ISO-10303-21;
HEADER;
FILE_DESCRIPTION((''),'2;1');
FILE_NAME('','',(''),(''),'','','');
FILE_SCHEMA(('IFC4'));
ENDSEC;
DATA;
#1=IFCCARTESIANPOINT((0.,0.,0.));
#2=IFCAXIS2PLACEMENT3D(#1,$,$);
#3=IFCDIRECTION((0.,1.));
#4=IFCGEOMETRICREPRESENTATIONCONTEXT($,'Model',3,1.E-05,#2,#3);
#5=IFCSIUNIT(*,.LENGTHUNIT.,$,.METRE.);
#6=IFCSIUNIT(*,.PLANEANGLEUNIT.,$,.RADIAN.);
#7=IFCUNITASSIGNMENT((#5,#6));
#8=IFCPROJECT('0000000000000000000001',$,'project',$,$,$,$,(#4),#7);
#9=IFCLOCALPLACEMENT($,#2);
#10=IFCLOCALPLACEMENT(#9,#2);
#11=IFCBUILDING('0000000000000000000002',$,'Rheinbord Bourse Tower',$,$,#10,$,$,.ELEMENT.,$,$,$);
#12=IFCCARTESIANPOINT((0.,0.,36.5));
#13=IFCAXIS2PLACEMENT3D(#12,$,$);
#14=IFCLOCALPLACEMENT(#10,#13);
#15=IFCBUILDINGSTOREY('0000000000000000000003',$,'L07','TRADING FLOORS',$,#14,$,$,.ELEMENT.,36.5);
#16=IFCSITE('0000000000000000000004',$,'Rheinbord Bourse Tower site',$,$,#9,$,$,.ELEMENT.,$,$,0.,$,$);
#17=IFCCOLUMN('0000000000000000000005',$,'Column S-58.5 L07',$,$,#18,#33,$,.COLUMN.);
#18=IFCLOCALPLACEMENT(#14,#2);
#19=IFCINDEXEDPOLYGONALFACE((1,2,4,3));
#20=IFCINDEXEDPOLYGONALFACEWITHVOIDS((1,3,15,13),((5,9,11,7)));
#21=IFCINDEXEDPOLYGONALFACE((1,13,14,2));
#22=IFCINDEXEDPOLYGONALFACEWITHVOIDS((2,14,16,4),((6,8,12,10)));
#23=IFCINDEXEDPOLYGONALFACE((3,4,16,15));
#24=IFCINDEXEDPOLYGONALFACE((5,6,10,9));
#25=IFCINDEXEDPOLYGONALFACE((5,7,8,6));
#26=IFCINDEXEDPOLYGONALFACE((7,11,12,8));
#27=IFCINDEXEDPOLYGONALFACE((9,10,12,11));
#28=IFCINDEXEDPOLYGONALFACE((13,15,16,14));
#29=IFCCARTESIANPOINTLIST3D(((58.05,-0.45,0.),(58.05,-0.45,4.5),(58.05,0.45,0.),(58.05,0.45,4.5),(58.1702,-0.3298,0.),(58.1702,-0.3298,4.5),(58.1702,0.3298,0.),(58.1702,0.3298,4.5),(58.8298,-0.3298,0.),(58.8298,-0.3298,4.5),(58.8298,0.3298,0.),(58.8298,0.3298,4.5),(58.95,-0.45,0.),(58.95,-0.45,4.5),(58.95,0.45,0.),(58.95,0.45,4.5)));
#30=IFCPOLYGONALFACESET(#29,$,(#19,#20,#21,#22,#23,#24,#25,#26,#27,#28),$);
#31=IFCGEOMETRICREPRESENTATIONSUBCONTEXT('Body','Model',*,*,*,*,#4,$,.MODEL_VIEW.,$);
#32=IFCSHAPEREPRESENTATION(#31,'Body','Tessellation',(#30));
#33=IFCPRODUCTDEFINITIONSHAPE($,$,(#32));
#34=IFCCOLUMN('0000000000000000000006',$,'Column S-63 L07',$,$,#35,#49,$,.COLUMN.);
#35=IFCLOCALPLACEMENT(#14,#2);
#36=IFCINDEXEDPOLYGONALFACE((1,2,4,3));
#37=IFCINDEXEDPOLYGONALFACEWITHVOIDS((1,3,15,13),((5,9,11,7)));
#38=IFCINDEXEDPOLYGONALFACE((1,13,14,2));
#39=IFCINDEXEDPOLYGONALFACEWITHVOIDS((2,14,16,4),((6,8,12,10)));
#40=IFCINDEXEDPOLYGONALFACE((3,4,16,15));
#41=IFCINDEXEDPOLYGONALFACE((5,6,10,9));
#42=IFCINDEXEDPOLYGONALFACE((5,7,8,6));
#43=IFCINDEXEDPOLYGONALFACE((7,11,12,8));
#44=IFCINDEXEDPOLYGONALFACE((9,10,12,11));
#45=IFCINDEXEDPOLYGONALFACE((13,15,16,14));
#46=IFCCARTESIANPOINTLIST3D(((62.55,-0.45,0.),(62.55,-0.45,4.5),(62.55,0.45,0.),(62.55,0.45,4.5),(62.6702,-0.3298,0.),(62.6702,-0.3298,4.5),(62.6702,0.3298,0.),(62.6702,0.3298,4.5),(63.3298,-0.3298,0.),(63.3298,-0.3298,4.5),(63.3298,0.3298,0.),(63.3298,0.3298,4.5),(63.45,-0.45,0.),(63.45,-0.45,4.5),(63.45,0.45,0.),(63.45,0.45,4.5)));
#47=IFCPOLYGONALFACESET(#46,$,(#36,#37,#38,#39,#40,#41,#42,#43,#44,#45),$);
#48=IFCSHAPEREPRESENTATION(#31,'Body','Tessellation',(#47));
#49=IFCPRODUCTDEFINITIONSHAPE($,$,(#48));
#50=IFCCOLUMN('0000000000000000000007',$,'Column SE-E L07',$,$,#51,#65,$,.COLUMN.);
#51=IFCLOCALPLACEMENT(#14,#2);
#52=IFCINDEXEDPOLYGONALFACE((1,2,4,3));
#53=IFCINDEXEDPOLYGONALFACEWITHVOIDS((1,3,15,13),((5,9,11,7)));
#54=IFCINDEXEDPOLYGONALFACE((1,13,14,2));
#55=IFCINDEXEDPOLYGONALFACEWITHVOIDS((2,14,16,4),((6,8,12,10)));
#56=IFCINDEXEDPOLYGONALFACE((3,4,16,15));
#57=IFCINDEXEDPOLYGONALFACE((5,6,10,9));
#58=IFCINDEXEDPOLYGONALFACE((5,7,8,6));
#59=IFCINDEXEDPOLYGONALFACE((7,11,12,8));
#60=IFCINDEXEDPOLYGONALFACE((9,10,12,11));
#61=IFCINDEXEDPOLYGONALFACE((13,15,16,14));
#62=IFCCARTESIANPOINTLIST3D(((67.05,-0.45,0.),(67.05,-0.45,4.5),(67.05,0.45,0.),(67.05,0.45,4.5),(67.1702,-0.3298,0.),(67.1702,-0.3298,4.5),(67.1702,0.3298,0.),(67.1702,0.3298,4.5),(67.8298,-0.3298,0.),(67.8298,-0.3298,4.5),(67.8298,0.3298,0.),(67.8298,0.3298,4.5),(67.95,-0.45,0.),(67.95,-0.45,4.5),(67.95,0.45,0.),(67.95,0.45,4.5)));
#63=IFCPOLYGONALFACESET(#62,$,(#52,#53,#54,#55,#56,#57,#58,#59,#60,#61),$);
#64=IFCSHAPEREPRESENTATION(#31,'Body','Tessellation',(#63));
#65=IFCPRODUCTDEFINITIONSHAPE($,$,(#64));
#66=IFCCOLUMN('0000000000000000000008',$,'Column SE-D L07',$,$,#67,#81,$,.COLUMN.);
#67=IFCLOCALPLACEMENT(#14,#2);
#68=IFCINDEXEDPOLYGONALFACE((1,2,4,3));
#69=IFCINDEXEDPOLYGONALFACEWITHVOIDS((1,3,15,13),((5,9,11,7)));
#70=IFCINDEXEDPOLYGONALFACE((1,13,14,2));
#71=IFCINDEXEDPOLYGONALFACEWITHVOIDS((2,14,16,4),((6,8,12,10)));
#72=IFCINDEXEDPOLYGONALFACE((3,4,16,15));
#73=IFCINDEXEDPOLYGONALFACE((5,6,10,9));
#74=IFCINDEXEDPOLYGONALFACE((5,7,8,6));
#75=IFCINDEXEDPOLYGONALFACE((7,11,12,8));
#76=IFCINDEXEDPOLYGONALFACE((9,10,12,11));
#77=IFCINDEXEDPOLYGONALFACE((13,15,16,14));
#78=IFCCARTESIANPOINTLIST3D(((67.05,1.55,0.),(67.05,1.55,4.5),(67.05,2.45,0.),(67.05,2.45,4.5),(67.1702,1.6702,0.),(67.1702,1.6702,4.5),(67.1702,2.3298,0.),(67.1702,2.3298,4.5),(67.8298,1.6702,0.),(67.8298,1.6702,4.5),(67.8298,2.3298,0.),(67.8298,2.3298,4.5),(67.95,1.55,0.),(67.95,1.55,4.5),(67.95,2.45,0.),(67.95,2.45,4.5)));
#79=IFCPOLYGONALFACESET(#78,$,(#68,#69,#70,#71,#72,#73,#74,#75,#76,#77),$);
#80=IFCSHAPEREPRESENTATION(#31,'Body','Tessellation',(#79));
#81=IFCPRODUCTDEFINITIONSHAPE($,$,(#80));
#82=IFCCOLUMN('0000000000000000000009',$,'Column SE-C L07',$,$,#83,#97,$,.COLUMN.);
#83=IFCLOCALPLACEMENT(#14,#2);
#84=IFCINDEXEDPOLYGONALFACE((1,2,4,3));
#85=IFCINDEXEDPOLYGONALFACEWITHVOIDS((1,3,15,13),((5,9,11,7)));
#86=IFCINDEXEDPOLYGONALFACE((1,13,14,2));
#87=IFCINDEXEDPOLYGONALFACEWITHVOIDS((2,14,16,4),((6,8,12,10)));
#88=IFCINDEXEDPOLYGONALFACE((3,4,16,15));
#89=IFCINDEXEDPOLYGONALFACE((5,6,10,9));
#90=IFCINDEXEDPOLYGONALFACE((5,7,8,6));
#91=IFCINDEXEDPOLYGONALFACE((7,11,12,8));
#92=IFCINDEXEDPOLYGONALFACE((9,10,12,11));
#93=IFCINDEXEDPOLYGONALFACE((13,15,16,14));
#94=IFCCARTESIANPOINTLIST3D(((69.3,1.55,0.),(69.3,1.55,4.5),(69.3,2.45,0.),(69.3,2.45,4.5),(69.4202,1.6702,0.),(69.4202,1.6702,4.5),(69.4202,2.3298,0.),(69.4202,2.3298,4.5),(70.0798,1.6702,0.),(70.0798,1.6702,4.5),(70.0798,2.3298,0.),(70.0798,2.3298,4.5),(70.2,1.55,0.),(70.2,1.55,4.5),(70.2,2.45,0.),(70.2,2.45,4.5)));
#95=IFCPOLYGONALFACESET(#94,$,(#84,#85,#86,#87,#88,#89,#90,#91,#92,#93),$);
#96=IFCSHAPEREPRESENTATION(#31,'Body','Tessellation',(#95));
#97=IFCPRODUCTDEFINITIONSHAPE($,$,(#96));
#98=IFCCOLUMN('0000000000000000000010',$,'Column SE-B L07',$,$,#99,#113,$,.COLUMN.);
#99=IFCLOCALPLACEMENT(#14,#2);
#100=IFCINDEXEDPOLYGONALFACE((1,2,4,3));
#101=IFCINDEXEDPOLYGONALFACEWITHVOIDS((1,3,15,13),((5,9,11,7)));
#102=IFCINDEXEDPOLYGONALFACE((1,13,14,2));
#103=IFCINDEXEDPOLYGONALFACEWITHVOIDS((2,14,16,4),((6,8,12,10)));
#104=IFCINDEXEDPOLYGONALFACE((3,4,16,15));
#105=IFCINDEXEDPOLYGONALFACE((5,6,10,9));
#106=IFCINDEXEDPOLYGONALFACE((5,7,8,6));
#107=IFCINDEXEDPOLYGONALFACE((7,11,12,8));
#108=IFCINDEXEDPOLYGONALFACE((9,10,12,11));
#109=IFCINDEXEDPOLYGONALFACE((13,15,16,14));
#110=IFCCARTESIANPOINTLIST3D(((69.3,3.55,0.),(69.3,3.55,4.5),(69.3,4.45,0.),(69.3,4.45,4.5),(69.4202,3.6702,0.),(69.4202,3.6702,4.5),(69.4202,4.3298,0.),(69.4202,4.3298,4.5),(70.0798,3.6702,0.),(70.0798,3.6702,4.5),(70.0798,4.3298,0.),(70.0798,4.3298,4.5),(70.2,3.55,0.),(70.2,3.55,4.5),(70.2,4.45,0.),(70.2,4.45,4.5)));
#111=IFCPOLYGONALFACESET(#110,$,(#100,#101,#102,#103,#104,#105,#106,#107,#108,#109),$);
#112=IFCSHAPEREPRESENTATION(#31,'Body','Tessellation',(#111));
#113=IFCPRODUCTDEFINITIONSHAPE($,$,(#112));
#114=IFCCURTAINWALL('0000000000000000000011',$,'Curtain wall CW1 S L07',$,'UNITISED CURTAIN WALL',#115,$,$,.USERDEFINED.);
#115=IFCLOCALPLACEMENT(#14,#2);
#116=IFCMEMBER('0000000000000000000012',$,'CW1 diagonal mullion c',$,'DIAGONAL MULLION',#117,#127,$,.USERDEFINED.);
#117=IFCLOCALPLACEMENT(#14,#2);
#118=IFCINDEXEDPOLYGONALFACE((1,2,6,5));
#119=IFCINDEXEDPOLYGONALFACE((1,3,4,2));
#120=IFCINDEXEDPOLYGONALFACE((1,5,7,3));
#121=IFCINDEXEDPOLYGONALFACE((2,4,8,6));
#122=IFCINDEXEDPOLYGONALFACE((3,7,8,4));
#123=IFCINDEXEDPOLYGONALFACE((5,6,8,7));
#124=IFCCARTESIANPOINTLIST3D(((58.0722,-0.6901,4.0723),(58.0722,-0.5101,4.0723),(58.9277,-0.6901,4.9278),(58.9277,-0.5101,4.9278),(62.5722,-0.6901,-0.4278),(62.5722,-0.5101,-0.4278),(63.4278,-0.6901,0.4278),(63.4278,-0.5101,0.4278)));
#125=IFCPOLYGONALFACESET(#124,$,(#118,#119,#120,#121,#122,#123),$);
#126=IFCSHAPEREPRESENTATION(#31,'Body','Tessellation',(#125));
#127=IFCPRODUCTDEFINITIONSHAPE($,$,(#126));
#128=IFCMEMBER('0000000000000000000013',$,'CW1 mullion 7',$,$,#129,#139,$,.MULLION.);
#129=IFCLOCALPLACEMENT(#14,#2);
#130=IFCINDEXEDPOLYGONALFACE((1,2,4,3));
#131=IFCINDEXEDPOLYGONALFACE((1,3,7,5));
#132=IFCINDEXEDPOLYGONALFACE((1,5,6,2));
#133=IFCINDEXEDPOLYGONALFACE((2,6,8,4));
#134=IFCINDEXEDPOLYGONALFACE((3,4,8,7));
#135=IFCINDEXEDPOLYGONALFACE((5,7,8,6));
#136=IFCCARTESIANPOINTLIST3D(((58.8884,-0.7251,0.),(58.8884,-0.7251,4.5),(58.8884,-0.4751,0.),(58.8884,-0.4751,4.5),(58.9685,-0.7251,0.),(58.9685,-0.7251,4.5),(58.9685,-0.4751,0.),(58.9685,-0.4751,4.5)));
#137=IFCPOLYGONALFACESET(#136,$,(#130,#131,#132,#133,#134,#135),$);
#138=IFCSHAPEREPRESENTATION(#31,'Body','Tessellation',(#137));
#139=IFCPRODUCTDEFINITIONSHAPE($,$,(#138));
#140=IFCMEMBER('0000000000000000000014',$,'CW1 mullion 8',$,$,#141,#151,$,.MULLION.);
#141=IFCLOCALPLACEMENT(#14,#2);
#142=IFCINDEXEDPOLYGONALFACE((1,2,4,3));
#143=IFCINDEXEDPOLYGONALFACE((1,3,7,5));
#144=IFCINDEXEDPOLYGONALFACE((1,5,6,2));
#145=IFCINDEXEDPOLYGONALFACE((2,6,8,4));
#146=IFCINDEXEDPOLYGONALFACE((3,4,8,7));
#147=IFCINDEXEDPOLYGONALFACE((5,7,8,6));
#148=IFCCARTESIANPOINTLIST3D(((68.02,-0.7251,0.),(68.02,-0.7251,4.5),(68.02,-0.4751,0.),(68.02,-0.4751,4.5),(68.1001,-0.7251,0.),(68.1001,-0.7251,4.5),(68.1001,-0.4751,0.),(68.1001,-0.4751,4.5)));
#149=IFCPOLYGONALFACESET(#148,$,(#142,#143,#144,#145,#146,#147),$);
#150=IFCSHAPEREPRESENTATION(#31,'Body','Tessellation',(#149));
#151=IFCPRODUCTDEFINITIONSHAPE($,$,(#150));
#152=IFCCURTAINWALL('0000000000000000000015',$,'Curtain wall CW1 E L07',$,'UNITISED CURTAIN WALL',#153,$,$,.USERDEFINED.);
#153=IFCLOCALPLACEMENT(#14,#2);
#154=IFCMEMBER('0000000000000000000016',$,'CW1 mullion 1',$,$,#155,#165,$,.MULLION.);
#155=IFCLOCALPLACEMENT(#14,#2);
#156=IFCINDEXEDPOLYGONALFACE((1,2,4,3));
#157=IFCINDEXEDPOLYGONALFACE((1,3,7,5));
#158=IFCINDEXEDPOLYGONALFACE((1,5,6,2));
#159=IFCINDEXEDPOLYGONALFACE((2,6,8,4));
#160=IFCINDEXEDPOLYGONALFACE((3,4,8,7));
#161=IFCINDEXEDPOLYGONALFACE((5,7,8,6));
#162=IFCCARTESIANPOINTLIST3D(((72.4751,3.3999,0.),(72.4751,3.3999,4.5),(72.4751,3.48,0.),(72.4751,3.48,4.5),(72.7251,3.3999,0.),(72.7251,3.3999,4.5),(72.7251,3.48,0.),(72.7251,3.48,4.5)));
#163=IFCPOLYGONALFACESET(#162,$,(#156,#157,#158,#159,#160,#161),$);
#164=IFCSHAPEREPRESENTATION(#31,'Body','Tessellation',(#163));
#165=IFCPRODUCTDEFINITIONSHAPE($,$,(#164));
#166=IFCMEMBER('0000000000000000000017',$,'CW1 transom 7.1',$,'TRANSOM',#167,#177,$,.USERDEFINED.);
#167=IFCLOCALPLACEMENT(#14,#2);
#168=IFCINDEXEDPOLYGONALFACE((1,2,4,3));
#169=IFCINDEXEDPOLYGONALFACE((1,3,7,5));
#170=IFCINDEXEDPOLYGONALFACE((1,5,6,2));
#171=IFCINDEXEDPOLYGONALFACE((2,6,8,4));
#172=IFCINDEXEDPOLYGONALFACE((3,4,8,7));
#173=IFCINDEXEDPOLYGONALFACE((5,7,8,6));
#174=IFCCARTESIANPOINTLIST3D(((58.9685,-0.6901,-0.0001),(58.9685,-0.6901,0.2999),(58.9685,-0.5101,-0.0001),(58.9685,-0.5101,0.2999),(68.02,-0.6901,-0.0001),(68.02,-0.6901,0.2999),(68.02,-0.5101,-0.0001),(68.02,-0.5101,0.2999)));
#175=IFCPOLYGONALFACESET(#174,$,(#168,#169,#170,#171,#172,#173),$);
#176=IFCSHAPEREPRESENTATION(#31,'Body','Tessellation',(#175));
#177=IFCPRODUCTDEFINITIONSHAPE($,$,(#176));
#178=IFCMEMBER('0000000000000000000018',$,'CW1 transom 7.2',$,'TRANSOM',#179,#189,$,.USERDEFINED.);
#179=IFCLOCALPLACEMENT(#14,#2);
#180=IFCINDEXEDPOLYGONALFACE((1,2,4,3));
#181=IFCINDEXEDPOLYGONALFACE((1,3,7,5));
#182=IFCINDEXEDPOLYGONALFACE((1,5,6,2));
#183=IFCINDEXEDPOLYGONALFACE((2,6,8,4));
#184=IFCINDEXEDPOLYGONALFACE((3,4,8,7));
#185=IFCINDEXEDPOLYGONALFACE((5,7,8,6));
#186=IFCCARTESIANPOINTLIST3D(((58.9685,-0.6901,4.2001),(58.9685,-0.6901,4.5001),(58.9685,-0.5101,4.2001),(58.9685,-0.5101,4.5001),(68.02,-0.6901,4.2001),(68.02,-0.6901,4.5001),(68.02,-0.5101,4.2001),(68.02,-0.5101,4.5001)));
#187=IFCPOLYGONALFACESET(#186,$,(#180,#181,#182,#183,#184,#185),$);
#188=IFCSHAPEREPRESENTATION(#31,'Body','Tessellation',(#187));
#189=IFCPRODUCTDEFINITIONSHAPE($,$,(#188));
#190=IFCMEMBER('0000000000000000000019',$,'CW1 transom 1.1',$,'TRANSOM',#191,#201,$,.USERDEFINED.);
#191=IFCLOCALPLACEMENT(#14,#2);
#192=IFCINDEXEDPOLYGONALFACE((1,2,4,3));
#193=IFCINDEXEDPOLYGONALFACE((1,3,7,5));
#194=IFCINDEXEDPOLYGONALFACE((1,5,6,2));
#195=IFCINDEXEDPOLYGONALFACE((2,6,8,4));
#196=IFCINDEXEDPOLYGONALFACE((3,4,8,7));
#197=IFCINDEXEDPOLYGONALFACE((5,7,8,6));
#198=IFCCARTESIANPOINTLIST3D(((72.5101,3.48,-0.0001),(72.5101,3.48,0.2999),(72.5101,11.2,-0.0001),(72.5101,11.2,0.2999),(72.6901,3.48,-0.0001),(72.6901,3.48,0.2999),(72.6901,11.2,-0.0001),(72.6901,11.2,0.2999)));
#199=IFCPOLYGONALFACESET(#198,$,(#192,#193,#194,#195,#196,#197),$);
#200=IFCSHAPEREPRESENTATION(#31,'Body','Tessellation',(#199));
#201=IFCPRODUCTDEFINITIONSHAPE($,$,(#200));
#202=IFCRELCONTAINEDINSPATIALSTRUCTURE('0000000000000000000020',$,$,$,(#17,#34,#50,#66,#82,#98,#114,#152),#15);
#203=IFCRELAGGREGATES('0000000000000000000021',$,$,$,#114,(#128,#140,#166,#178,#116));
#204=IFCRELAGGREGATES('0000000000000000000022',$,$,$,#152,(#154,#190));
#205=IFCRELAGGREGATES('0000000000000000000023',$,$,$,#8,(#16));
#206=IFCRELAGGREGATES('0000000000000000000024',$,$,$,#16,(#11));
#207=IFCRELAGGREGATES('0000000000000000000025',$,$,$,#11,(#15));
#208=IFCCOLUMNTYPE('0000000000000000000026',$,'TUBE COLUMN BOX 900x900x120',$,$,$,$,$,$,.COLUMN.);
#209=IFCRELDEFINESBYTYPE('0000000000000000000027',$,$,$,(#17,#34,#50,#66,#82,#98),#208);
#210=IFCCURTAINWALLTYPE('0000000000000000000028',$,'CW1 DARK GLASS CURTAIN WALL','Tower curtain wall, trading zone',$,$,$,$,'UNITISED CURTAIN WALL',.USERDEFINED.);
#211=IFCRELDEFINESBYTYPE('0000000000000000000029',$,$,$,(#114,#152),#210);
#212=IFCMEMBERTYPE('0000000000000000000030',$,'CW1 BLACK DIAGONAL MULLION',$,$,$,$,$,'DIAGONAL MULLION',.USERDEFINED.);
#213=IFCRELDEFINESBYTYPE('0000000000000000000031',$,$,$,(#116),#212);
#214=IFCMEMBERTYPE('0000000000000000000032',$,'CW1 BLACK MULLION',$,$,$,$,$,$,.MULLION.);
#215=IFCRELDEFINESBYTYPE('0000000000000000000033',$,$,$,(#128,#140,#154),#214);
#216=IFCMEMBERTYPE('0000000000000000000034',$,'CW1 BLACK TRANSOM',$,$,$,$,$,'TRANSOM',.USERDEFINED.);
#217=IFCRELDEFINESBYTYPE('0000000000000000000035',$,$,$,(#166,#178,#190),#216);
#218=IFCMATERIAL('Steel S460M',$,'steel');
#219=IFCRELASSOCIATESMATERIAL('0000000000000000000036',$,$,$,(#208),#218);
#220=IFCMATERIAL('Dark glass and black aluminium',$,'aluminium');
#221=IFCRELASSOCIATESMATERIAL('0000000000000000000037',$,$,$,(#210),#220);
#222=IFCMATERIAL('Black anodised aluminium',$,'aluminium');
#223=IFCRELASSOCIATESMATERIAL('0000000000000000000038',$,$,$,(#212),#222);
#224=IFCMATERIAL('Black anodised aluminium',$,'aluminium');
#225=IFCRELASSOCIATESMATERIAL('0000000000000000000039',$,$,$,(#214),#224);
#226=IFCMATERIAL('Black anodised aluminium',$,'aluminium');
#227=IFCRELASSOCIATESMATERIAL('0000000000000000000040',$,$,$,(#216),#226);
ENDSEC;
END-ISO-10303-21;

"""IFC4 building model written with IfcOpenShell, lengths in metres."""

from ifc_helpers import new_model, si_unit, direction, frame, origin, origin_2d, place, context, subcontext, project, spatial, rectangle, hollow_rectangle, extrude, material, material_profile, profile_set, type_object, element, aggregate, save


model = new_model("IFC4")

# Units and contexts
model_context = context("Model", 3, precision=1e-05, world=origin(), true_north=direction((0.0, 1.0)))
body_context = subcontext(model_context, "Body", "Model", "MODEL_VIEW")
ifc_project = project(units=[si_unit("LENGTHUNIT", "METRE"), si_unit("PLANEANGLEUNIT", "RADIAN")], contexts=[model_context])

# Site, building, storey
site_placement = place(None, origin())
site = spatial("IfcSite", under=ifc_project, at=site_placement, Name="Rheinbord Bourse Tower site", CompositionType="ELEMENT", RefElevation=0.0)
building_placement = place(site_placement, origin())
building = spatial("IfcBuilding", under=site, at=building_placement, Name="Rheinbord Bourse Tower", CompositionType="ELEMENT")
storey_placement = place(building_placement, frame((0.0, 0.0, 36.5)))
storey = spatial("IfcBuildingStorey", under=building, at=storey_placement, Name="L07", Description="TRADING FLOORS", CompositionType="ELEMENT", Elevation=36.5)

# Columns
ifc_material_1 = material(Name="Steel S460M", Category="steel")
ifc_material_profile_1 = material_profile(ifc_material_1, hollow_rectangle(XDim=0.8999, YDim=0.8999, WallThickness=0.1201, at=origin_2d()), Name="BOX 900x900x120")
ifc_profile_set_1 = profile_set([ifc_material_profile_1], Name="Steel S460M")
column_type = type_object("IfcColumnType", Name="TUBE COLUMN BOX 900x900x120", PredefinedType="COLUMN", material=ifc_profile_set_1)
for number, where, z_axis, x_axis, name in (
    (1, (58.5, 0.0, 0.0), (0.0, 0.0, 1.0), (0.0, 1.0, 0.0), "Column S-58.5 L07"),
    (2, (63.0, 0.0, 0.0), (0.0, 0.0, 1.0), (0.0, 1.0, 0.0), "Column S-63 L07"),
    (3, (67.5, 0.0, 0.0), (0.0, 0.0, 1.0), (0.0, 1.0, 0.0), "Column SE-E L07"),
    (4, (67.5, 2.0, 0.0), (0.0, 0.0, 1.0), (0.0, 1.0, 0.0), "Column SE-D L07"),
    (5, (69.75, 2.0, 0.0), (0.0, 0.0, 1.0), (1.0, 0.0, 0.0), "Column SE-C L07"),
    (6, (69.75, 4.0, 0.0), (0.0, 0.0, 1.0), (1.0, 0.0, 0.0), "Column SE-B L07"),
):
    element("IfcColumn", number, at=place(storey_placement, frame(where, z_axis=z_axis, x_axis=x_axis)), inside=storey, type_object=column_type, Name=name, PredefinedType="COLUMN", context=body_context, shape_type="SweptSolid", body=[
        extrude(hollow_rectangle(XDim=0.8999, YDim=0.8999, WallThickness=0.1201, at=origin_2d()), origin(), (0.0, 0.0, 1.0), 4.5),
    ])

# Curtain wall, members
ifc_material_2 = material(Name="Dark glass and black aluminium", Category="aluminium")
curtain_wall_type = type_object("IfcCurtainWallType", Name="CW1 DARK GLASS CURTAIN WALL", Description="Tower curtain wall, trading zone", ElementType="UNITISED CURTAIN WALL", PredefinedType="USERDEFINED", material=ifc_material_2)
curtain_wall_1_placement = place(storey_placement, origin())
curtain_wall_1 = element("IfcCurtainWall", 7, at=curtain_wall_1_placement, inside=storey, type_object=curtain_wall_type, Name="Curtain wall CW1 S L07", ObjectType="UNITISED CURTAIN WALL", PredefinedType="USERDEFINED")
ifc_material_3 = material(Name="Black anodised aluminium", Category="aluminium")
ifc_material_profile_2 = material_profile(ifc_material_3, rectangle(XDim=0.1799, YDim=1.21, at=origin_2d()), Name="CW1 DIAGONAL MULLION 1210x180")
ifc_profile_set_2 = profile_set([ifc_material_profile_2], Name="Black anodised aluminium")
member_type_1 = type_object("IfcMemberType", Name="CW1 BLACK DIAGONAL MULLION", ElementType="DIAGONAL MULLION", PredefinedType="USERDEFINED", material=ifc_profile_set_2)
member_1_placement = place(storey_placement, frame((63.0, -0.6001, 0.0), z_axis=(-0.707107, 0.0, 0.707107), x_axis=(0.0, -1.0, 0.0)))
member_1 = element("IfcMember", 8, at=member_1_placement, type_object=member_type_1, Name="CW1 diagonal mullion c", ObjectType="DIAGONAL MULLION", PredefinedType="USERDEFINED", context=body_context, shape_type="SweptSolid", body=[
    extrude(rectangle(XDim=0.1799, YDim=1.21, at=origin_2d()), origin(), (0.0, 0.0, 1.0), 6.364),
])
ifc_material_4 = material(Name="Black anodised aluminium", Category="aluminium")
ifc_material_profile_3 = material_profile(ifc_material_4, rectangle(XDim=0.25, YDim=0.0801, at=origin_2d()), Name="CW1 MULLION 80x250")
ifc_profile_set_3 = profile_set([ifc_material_profile_3], Name="Black anodised aluminium")
member_type_2 = type_object("IfcMemberType", Name="CW1 BLACK MULLION", PredefinedType="MULLION", material=ifc_profile_set_3)
member_2_placement = place(storey_placement, frame((58.9285, -0.6001, 0.0), z_axis=(0.0, 0.0, 1.0), x_axis=(0.0, 1.0, 0.0)))
member_2 = element("IfcMember", 9, at=member_2_placement, type_object=member_type_2, Name="CW1 mullion 7", PredefinedType="MULLION", context=body_context, shape_type="SweptSolid", body=[
    extrude(rectangle(XDim=0.25, YDim=0.0801, at=origin_2d()), origin(), (0.0, 0.0, 1.0), 4.5),
])
member_3_placement = place(storey_placement, frame((68.0601, -0.6001, 0.0), z_axis=(0.0, 0.0, 1.0), x_axis=(0.0, 1.0, 0.0)))
member_3 = element("IfcMember", 10, at=member_3_placement, type_object=member_type_2, Name="CW1 mullion 8", PredefinedType="MULLION", context=body_context, shape_type="SweptSolid", body=[
    extrude(rectangle(XDim=0.25, YDim=0.0801, at=origin_2d()), origin(), (0.0, 0.0, 1.0), 4.5),
])

# Curtain wall, member
curtain_wall_2_placement = place(storey_placement, origin())
curtain_wall_2 = element("IfcCurtainWall", 11, at=curtain_wall_2_placement, inside=storey, type_object=curtain_wall_type, Name="Curtain wall CW1 E L07", ObjectType="UNITISED CURTAIN WALL", PredefinedType="USERDEFINED")
member_4_placement = place(storey_placement, frame((72.6001, 3.4399, 0.0), z_axis=(0.0, 0.0, 1.0), x_axis=(-1.0, 0.0, 0.0)))
member_4 = element("IfcMember", 12, at=member_4_placement, type_object=member_type_2, Name="CW1 mullion 1", PredefinedType="MULLION", context=body_context, shape_type="SweptSolid", body=[
    extrude(rectangle(XDim=0.25, YDim=0.0801, at=origin_2d()), origin(), (0.0, 0.0, 1.0), 4.5),
])

# Members
ifc_material_5 = material(Name="Black anodised aluminium", Category="aluminium")
ifc_material_profile_4 = material_profile(ifc_material_5, rectangle(XDim=0.1799, YDim=0.3, at=origin_2d()), Name="CW1 TRANSOM 300x180")
ifc_profile_set_4 = profile_set([ifc_material_profile_4], Name="Black anodised aluminium")
member_type_3 = type_object("IfcMemberType", Name="CW1 BLACK TRANSOM", ElementType="TRANSOM", PredefinedType="USERDEFINED", material=ifc_profile_set_4)
member_5_placement = place(storey_placement, frame((58.9685, -0.6001, 0.1499), z_axis=(1.0, 0.0, 0.0), x_axis=(0.0, 1.0, 0.0)))
member_5 = element("IfcMember", 13, at=member_5_placement, type_object=member_type_3, Name="CW1 transom 7.1", ObjectType="TRANSOM", PredefinedType="USERDEFINED", context=body_context, shape_type="SweptSolid", body=[
    extrude(rectangle(XDim=0.1799, YDim=0.3, at=origin_2d()), origin(), (0.0, 0.0, 1.0), 9.0515),
])
member_6_placement = place(storey_placement, frame((58.9685, -0.6001, 4.3501), z_axis=(1.0, 0.0, 0.0), x_axis=(0.0, 1.0, 0.0)))
member_6 = element("IfcMember", 14, at=member_6_placement, type_object=member_type_3, Name="CW1 transom 7.2", ObjectType="TRANSOM", PredefinedType="USERDEFINED", context=body_context, shape_type="SweptSolid", body=[
    extrude(rectangle(XDim=0.1799, YDim=0.3, at=origin_2d()), origin(), (0.0, 0.0, 1.0), 9.0515),
])
member_7_placement = place(storey_placement, frame((72.6001, 3.48, 0.1499), z_axis=(0.0, 1.0, 0.0), x_axis=(-1.0, 0.0, 0.0)))
member_7 = element("IfcMember", 15, at=member_7_placement, type_object=member_type_3, Name="CW1 transom 1.1", ObjectType="TRANSOM", PredefinedType="USERDEFINED", context=body_context, shape_type="SweptSolid", body=[
    extrude(rectangle(XDim=0.1799, YDim=0.3, at=origin_2d()), origin(), (0.0, 0.0, 1.0), 7.72),
])

aggregate(curtain_wall_1, [member_2, member_3, member_5, member_6, member_1])
aggregate(curtain_wall_2, [member_4, member_7])

save(model, "model.ifc")
